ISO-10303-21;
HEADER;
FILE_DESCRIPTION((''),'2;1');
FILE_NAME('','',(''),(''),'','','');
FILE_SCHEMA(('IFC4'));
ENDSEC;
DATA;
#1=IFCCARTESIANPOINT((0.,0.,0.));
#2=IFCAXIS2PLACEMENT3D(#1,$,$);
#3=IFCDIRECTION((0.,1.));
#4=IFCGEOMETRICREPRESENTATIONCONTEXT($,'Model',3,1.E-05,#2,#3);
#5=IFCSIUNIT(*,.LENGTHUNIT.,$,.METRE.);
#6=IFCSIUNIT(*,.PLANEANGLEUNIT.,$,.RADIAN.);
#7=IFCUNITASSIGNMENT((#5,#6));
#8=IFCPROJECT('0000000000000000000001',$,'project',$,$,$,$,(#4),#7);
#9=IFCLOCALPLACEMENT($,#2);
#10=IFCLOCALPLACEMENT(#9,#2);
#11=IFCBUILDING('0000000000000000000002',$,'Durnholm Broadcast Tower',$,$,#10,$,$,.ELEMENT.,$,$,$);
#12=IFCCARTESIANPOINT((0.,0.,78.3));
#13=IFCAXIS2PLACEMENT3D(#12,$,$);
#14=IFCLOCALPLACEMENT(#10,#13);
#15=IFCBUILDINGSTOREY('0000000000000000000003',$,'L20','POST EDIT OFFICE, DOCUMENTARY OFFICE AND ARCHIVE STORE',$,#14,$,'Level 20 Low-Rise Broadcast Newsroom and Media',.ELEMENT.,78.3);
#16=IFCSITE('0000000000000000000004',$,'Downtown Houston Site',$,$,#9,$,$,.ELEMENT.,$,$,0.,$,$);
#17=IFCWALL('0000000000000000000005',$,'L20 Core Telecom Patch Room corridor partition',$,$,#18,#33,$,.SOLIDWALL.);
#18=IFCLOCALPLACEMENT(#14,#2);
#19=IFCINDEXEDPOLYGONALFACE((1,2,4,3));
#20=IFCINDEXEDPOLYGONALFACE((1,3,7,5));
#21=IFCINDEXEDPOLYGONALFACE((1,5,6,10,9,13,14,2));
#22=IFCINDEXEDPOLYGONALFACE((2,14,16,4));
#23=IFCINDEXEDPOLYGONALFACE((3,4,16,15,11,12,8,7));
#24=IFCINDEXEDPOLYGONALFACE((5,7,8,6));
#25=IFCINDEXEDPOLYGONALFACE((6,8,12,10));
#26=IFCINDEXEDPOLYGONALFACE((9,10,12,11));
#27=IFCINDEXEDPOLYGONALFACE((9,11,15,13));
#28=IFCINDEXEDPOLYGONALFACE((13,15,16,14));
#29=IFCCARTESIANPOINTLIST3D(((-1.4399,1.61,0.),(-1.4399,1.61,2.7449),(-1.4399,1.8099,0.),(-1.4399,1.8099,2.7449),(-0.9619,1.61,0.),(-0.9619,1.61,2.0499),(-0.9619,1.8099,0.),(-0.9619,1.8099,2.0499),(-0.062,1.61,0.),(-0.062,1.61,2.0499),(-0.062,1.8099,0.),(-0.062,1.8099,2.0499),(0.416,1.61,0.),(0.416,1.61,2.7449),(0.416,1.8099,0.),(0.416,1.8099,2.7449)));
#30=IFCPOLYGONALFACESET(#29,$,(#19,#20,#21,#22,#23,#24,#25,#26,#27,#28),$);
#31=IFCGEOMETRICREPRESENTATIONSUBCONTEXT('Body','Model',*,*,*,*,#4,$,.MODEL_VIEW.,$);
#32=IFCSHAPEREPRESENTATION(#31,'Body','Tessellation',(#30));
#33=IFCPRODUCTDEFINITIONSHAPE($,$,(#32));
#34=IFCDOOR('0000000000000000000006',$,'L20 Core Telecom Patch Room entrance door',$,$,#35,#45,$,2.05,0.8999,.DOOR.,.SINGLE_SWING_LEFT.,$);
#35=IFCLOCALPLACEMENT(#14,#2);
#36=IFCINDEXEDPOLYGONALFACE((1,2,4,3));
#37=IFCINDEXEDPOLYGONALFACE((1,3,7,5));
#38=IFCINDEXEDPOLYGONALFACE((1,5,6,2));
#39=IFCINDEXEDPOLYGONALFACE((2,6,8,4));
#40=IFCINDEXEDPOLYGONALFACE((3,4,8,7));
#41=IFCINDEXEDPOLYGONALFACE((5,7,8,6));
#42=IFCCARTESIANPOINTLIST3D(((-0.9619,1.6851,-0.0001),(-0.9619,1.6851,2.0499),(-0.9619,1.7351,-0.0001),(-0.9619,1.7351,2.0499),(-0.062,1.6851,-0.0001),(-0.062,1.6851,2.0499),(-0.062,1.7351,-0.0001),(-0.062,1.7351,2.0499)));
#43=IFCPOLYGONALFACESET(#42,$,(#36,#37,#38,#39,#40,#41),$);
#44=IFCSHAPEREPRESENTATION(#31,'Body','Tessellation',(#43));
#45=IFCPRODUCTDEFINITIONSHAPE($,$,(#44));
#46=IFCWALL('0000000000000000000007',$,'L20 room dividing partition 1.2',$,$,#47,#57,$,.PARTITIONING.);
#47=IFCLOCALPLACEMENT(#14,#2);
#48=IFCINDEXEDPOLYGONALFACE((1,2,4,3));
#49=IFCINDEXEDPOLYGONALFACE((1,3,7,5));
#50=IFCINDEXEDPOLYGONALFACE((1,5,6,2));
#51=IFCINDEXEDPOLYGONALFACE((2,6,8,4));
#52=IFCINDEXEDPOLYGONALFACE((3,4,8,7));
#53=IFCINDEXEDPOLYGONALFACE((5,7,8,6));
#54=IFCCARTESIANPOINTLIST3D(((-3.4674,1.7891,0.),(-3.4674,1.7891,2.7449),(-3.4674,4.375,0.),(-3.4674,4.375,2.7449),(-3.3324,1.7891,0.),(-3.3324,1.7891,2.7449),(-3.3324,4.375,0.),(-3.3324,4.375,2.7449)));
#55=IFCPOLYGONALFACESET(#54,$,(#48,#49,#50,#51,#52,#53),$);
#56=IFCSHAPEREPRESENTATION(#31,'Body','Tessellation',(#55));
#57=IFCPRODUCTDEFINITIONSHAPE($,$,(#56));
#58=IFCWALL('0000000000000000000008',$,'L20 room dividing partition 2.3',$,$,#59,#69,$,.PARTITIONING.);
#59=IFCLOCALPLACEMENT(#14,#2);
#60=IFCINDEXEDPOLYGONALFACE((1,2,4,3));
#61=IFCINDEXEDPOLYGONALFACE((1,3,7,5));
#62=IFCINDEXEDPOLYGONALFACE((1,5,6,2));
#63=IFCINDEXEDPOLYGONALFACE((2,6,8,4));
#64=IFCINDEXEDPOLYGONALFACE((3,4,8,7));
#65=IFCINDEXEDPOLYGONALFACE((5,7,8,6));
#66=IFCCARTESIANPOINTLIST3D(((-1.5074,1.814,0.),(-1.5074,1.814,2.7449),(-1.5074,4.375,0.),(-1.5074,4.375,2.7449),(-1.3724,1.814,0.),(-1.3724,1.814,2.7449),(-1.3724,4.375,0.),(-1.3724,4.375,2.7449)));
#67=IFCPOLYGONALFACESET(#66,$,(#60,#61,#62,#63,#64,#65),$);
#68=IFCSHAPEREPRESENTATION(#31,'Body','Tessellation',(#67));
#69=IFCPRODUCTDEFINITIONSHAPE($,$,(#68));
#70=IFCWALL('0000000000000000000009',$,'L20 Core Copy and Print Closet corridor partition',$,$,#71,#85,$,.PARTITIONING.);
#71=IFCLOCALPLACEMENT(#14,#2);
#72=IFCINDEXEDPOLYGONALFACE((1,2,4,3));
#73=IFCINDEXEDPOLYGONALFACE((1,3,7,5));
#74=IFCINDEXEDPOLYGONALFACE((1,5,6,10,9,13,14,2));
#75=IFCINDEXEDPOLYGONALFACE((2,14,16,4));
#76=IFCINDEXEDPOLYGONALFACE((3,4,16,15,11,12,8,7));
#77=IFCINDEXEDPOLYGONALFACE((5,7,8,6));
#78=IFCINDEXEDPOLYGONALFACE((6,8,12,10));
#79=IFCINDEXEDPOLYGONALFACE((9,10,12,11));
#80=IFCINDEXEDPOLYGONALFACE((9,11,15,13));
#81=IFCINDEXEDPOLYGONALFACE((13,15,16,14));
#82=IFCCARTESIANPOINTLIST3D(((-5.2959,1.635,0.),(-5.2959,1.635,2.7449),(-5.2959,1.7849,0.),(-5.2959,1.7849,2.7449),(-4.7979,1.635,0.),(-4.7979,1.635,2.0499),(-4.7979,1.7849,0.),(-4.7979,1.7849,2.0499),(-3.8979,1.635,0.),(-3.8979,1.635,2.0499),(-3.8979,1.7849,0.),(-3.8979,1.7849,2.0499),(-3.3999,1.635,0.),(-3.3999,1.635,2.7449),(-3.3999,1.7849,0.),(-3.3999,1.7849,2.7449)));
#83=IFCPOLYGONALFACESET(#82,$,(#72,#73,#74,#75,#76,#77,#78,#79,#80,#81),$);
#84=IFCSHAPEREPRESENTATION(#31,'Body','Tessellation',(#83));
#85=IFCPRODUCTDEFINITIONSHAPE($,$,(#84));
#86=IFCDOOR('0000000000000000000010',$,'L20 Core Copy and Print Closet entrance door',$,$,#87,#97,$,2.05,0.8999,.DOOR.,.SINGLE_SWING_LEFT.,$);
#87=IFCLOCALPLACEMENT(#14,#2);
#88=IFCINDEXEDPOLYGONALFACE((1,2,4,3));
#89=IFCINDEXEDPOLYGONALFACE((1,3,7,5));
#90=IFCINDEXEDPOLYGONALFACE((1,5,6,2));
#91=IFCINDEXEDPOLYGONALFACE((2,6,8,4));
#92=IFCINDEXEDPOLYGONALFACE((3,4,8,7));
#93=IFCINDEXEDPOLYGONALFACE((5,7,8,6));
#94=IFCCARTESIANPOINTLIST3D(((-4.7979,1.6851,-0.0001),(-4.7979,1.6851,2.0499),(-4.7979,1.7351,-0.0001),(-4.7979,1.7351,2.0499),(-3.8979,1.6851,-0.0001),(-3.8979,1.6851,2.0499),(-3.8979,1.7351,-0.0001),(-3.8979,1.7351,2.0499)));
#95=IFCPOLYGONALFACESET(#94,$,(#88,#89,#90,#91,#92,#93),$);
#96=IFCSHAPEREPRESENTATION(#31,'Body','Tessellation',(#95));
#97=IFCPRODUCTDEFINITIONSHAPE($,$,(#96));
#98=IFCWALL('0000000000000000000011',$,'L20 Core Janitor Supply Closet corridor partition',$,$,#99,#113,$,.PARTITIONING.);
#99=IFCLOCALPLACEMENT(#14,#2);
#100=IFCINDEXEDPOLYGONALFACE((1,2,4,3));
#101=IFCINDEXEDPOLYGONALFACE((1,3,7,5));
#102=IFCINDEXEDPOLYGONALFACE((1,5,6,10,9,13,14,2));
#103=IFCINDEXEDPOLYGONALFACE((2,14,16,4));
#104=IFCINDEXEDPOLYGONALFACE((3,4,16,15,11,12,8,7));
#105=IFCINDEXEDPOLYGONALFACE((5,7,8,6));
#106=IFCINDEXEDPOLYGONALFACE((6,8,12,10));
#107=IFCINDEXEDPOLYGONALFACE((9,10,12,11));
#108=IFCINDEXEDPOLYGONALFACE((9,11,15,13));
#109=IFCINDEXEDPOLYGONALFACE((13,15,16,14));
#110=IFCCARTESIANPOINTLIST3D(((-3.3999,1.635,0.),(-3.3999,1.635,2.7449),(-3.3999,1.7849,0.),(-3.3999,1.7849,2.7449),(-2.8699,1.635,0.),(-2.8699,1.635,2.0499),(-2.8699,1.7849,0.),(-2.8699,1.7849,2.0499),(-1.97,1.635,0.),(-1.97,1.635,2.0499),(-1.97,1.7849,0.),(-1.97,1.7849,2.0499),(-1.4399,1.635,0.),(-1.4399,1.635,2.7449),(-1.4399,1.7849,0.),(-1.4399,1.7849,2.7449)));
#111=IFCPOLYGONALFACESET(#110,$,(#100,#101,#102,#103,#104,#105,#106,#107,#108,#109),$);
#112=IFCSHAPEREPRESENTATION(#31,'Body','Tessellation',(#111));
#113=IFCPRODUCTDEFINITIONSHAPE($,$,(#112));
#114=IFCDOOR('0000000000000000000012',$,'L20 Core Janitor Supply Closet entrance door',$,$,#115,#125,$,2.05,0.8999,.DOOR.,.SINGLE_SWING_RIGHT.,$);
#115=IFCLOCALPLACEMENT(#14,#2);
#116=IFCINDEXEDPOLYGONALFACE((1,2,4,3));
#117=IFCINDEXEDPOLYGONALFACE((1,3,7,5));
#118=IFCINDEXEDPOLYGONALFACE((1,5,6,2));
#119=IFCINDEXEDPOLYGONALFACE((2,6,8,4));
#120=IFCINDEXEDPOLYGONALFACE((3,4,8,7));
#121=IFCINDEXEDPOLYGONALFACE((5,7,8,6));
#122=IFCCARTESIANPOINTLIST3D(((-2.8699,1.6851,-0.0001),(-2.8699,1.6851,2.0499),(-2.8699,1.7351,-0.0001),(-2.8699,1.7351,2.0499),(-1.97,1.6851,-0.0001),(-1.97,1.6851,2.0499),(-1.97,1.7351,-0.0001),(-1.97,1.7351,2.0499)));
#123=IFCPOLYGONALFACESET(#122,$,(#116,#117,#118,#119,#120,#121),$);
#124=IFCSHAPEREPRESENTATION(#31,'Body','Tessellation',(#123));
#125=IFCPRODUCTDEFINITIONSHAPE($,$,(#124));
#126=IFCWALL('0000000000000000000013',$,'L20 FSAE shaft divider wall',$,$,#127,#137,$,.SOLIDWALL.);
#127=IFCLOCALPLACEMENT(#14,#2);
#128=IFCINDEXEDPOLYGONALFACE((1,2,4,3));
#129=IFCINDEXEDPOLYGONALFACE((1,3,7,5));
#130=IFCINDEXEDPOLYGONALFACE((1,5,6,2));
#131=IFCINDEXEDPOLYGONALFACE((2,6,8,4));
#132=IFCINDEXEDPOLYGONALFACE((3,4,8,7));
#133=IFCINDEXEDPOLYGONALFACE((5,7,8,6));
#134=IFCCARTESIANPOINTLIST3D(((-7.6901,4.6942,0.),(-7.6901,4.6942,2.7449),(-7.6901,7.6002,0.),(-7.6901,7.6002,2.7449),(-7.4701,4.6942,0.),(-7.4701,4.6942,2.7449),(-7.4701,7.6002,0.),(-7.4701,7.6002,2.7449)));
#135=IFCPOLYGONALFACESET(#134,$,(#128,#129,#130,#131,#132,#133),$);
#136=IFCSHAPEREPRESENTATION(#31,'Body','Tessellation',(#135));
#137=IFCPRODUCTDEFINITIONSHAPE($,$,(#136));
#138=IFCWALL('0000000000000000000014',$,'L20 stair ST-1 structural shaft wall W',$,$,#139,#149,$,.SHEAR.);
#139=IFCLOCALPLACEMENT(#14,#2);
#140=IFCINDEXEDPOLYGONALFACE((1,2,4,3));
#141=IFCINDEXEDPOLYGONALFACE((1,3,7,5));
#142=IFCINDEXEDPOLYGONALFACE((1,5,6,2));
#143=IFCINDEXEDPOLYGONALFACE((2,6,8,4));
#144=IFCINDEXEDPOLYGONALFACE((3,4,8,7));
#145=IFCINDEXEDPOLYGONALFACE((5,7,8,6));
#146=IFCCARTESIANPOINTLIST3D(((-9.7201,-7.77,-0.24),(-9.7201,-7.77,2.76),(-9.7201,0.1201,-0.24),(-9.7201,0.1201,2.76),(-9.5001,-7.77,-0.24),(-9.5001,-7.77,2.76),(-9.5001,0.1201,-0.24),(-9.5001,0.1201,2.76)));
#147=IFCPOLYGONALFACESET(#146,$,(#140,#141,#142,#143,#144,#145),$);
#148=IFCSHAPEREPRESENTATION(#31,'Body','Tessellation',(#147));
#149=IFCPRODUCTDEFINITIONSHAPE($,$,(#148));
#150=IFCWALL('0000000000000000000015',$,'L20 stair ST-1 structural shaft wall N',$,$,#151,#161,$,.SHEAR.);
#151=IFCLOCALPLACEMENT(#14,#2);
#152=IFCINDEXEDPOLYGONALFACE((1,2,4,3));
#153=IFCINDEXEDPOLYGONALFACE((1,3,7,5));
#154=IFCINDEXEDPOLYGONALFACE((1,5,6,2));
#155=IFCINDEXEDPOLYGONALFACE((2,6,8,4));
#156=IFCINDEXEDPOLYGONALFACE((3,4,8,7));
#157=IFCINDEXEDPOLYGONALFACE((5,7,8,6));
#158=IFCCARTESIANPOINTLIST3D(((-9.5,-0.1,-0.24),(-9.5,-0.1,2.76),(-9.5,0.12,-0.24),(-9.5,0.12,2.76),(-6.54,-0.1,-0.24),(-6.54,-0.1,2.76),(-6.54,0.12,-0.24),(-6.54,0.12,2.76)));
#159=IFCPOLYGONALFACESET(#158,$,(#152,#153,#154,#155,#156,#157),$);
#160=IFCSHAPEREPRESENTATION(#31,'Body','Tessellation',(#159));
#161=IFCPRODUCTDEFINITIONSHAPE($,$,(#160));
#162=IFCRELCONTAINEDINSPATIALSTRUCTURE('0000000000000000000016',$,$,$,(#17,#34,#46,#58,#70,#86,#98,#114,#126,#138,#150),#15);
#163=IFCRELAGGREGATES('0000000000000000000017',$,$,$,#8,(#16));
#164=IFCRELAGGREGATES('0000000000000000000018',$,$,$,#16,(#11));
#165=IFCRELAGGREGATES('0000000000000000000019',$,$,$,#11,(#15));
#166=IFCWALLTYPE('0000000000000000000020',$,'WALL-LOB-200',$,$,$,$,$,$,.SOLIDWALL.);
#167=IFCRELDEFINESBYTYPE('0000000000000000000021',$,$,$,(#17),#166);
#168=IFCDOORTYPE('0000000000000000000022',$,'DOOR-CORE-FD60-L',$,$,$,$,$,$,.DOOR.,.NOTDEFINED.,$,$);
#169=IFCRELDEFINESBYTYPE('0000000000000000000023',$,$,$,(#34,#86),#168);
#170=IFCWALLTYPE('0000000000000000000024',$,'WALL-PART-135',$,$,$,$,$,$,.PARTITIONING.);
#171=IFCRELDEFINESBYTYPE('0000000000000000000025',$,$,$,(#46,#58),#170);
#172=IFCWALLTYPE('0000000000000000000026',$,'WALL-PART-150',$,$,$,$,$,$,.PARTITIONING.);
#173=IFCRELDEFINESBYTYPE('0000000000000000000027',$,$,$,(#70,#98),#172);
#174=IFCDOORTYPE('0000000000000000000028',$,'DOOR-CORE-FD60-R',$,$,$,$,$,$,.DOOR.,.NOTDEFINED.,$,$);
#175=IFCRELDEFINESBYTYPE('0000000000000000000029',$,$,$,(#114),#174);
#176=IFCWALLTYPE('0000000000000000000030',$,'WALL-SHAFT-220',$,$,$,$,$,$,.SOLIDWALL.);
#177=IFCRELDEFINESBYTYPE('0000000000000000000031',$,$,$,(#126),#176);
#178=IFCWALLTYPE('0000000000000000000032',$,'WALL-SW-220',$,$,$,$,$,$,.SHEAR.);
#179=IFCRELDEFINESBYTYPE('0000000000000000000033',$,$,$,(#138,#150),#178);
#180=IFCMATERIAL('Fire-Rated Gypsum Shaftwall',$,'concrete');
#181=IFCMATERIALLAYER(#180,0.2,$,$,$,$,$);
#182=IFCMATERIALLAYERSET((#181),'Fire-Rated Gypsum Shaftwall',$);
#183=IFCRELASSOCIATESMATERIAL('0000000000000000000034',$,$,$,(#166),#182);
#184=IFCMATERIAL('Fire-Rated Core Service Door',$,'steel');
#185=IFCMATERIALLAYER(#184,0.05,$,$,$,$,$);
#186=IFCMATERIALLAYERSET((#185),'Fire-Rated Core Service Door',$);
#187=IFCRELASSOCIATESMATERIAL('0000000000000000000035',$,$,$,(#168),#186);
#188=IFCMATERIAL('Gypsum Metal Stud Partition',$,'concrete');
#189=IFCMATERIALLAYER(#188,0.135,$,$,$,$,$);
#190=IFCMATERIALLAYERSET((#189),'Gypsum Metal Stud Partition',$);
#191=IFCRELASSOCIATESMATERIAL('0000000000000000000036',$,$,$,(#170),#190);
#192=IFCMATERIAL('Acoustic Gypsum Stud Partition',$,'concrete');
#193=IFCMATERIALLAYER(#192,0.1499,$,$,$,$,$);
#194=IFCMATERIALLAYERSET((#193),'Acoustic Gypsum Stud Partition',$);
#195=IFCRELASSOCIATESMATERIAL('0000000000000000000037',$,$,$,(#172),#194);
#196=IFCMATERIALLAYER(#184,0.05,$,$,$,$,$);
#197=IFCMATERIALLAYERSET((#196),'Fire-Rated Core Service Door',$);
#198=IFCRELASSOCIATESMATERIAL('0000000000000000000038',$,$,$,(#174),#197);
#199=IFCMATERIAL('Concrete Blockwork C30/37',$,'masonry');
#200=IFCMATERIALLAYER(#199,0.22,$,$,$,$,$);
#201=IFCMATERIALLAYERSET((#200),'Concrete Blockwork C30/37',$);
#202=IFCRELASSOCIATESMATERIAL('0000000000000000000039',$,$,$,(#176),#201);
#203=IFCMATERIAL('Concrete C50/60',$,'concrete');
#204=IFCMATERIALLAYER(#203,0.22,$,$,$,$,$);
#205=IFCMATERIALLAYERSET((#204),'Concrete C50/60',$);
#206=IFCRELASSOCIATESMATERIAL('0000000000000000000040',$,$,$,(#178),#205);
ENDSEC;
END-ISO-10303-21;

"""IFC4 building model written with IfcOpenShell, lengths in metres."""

from ifc_helpers import new_model, si_unit, direction, frame, frame_2d, origin, place, context, subcontext, project, spatial, rectangle, extrude, source, transform, mapped, material, layer, layer_set, type_object, type_shapes, element, fill, save


model = new_model("IFC4")

# Units and contexts
model_context = context("Model", 3, precision=1e-05, world=origin(), true_north=direction((0.0, 1.0)))
body_context = subcontext(model_context, "Body", "Model", "MODEL_VIEW")
ifc_project = project(units=[si_unit("LENGTHUNIT", "METRE"), si_unit("PLANEANGLEUNIT", "RADIAN")], contexts=[model_context])

# Site, building, storey
site_placement = place(None, origin())
site = spatial("IfcSite", under=ifc_project, at=site_placement, Name="Downtown Houston Site", CompositionType="ELEMENT", RefElevation=0.0)
building_placement = place(site_placement, origin())
building = spatial("IfcBuilding", under=site, at=building_placement, Name="Durnholm Broadcast Tower", CompositionType="ELEMENT")
storey_placement = place(building_placement, frame((0.0, 0.0, 78.3)))
storey = spatial("IfcBuildingStorey", under=building, at=storey_placement, Name="L20", Description="POST EDIT OFFICE, DOCUMENTARY OFFICE AND ARCHIVE STORE", LongName="Level 20 Low-Rise Broadcast Newsroom and Media", CompositionType="ELEMENT", Elevation=78.3)

# Shared definitions
ifc_material_1 = material(Name="Concrete C50/60", Category="concrete")

# Shared definitions
ifc_material_2 = material(Name="Fire-Rated Gypsum Shaftwall", Category="concrete")
ifc_layer_1 = layer(ifc_material_2, 0.2)
ifc_layer_set_1 = layer_set([ifc_layer_1], Name="Fire-Rated Gypsum Shaftwall")
wall_type_1 = type_object("IfcWallType", Name="WALL-LOB-200", PredefinedType="SOLIDWALL", material=ifc_layer_set_1)

# Wall, opening, door
wall_1_placement = place(storey_placement, frame((0.416, 1.71, 0.0), z_axis=(0.0, 0.0, 1.0), x_axis=(-1.0, 0.0, 0.0)))
wall_1 = element("IfcWall", 1, at=wall_1_placement, inside=storey, type_object=wall_type_1, Name="L20 Core Telecom Patch Room corridor partition", PredefinedType="SOLIDWALL", context=body_context, shape_type="SweptSolid", body=[
    extrude(rectangle(XDim=1.856, YDim=0.2, at=frame_2d((0.928, 0.0))), origin(), (0.0, 0.0, 1.0), 2.7449),
])
opening_1_placement = place(wall_1_placement, frame((0.478, 0.0, 0.0)))
opening_1 = element("IfcOpeningElement", 2, at=opening_1_placement, cuts=wall_1, PredefinedType="OPENING", context=body_context, shape_type="SweptSolid", body=[
    extrude(rectangle(XDim=0.8999, YDim=2.05, at=frame_2d((0.45, 1.0249))), frame((0.0, 0.1099, 0.0), z_axis=(0.0, -1.0, 0.0), x_axis=(1.0, 0.0, 0.0)), (0.0, 0.0, 1.0), 0.22),
])
ifc_material_3 = material(Name="Fire-Rated Core Service Door", Category="steel")
ifc_layer_2 = layer(ifc_material_3, 0.05)
ifc_layer_set_2 = layer_set([ifc_layer_2], Name="Fire-Rated Core Service Door")
door_type_1 = type_object("IfcDoorType", Name="DOOR-CORE-FD60-L", OperationType="NOTDEFINED", PredefinedType="DOOR", material=ifc_layer_set_2)
shared_shape_1 = source(origin(), body_context, "Body", "SweptSolid", [
    extrude(rectangle(XDim=0.8999, YDim=2.05, at=frame_2d((0.45, 1.0249))), frame((0.0, 0.0249, 0.0), z_axis=(0.0, -1.0, 0.0), x_axis=(1.0, 0.0, 0.0)), (0.0, 0.0, 1.0), 0.05),
])
type_shapes(door_type_1, [shared_shape_1])
door_1_placement = place(opening_1_placement, origin())
door_1 = element("IfcDoor", 3, at=door_1_placement, inside=storey, type_object=door_type_1, Name="L20 Core Telecom Patch Room entrance door", OperationType="SINGLE_SWING_LEFT", OverallHeight=2.05, OverallWidth=0.8999, PredefinedType="DOOR", context=body_context, shape_type="MappedRepresentation", body=[
    mapped(shared_shape_1, transform((0.0, 0.0, 0.0), x_axis=(1.0, 0.0, 0.0), y_axis=(0.0, 1.0, 0.0), z_axis=(0.0, 0.0, 1.0), scale=1.0)),
])
fill(opening_1, door_1)

# Walls
ifc_material_4 = material(Name="Gypsum Metal Stud Partition", Category="concrete")
ifc_layer_3 = layer(ifc_material_4, 0.135)
ifc_layer_set_3 = layer_set([ifc_layer_3], Name="Gypsum Metal Stud Partition")
wall_type_2 = type_object("IfcWallType", Name="WALL-PART-135", PredefinedType="PARTITIONING", material=ifc_layer_set_3)
wall_2_placement = place(storey_placement, frame((-3.3999, 4.375, 0.0), z_axis=(0.0, 0.0, 1.0), x_axis=(0.0, -1.0, 0.0)))
element("IfcWall", 4, at=wall_2_placement, inside=storey, type_object=wall_type_2, Name="L20 room dividing partition 1.2", PredefinedType="PARTITIONING", context=body_context, shape_type="SweptSolid", body=[
    extrude(rectangle(XDim=2.5859, YDim=0.135, at=frame_2d((1.293, 0.0))), origin(), (0.0, 0.0, 1.0), 2.7449),
])
wall_3_placement = place(storey_placement, frame((-1.4399, 4.375, 0.0), z_axis=(0.0, 0.0, 1.0), x_axis=(0.0, -1.0, 0.0)))
element("IfcWall", 5, at=wall_3_placement, inside=storey, type_object=wall_type_2, Name="L20 room dividing partition 2.3", PredefinedType="PARTITIONING", context=body_context, shape_type="SweptSolid", body=[
    extrude(rectangle(XDim=2.561, YDim=0.135, at=frame_2d((1.2805, 0.0))), origin(), (0.0, 0.0, 1.0), 2.7449),
])

# Walls, openings, doors
ifc_material_5 = material(Name="Acoustic Gypsum Stud Partition", Category="concrete")
ifc_layer_4 = layer(ifc_material_5, 0.1499)
ifc_layer_set_4 = layer_set([ifc_layer_4], Name="Acoustic Gypsum Stud Partition")
wall_type_3 = type_object("IfcWallType", Name="WALL-PART-150", PredefinedType="PARTITIONING", material=ifc_layer_set_4)
wall_4_placement = place(storey_placement, frame((-3.3999, 1.71, 0.0), z_axis=(0.0, 0.0, 1.0), x_axis=(-1.0, 0.0, 0.0)))
wall_4 = element("IfcWall", 6, at=wall_4_placement, inside=storey, type_object=wall_type_3, Name="L20 Core Copy and Print Closet corridor partition", PredefinedType="PARTITIONING", context=body_context, shape_type="SweptSolid", body=[
    extrude(rectangle(XDim=1.896, YDim=0.1499, at=frame_2d((0.948, 0.0))), origin(), (0.0, 0.0, 1.0), 2.7449),
])
opening_2_placement = place(wall_4_placement, frame((0.498, 0.0, 0.0)))
opening_2 = element("IfcOpeningElement", 7, at=opening_2_placement, cuts=wall_4, PredefinedType="OPENING", context=body_context, shape_type="SweptSolid", body=[
    extrude(rectangle(XDim=0.8999, YDim=2.05, at=frame_2d((0.45, 1.0249))), frame((0.0, 0.085, 0.0), z_axis=(0.0, -1.0, 0.0), x_axis=(1.0, 0.0, 0.0)), (0.0, 0.0, 1.0), 0.1699),
])
door_2_placement = place(opening_2_placement, origin())
door_2 = element("IfcDoor", 8, at=door_2_placement, inside=storey, type_object=door_type_1, Name="L20 Core Copy and Print Closet entrance door", OperationType="SINGLE_SWING_LEFT", OverallHeight=2.05, OverallWidth=0.8999, PredefinedType="DOOR", context=body_context, shape_type="MappedRepresentation", body=[
    mapped(shared_shape_1, transform((0.0, 0.0, 0.0), x_axis=(1.0, 0.0, 0.0), y_axis=(0.0, 1.0, 0.0), z_axis=(0.0, 0.0, 1.0), scale=1.0)),
])
fill(opening_2, door_2)
wall_5_placement = place(storey_placement, frame((-1.4399, 1.71, 0.0), z_axis=(0.0, 0.0, 1.0), x_axis=(-1.0, 0.0, 0.0)))
wall_5 = element("IfcWall", 9, at=wall_5_placement, inside=storey, type_object=wall_type_3, Name="L20 Core Janitor Supply Closet corridor partition", PredefinedType="PARTITIONING", context=body_context, shape_type="SweptSolid", body=[
    extrude(rectangle(XDim=1.96, YDim=0.1499, at=frame_2d((0.98, 0.0))), origin(), (0.0, 0.0, 1.0), 2.7449),
])
opening_3_placement = place(wall_5_placement, frame((0.53, 0.0, 0.0)))
opening_3 = element("IfcOpeningElement", 10, at=opening_3_placement, cuts=wall_5, PredefinedType="OPENING", context=body_context, shape_type="SweptSolid", body=[
    extrude(rectangle(XDim=0.8999, YDim=2.05, at=frame_2d((0.45, 1.0249))), frame((0.0, 0.085, 0.0), z_axis=(0.0, -1.0, 0.0), x_axis=(1.0, 0.0, 0.0)), (0.0, 0.0, 1.0), 0.1699),
])
ifc_layer_5 = layer(ifc_material_3, 0.05)
ifc_layer_set_5 = layer_set([ifc_layer_5], Name="Fire-Rated Core Service Door")
door_type_2 = type_object("IfcDoorType", Name="DOOR-CORE-FD60-R", OperationType="NOTDEFINED", PredefinedType="DOOR", material=ifc_layer_set_5)
shared_shape_2 = source(origin(), body_context, "Body", "SweptSolid", [
    extrude(rectangle(XDim=0.8999, YDim=2.05, at=frame_2d((0.45, 1.0249))), frame((0.0, 0.0249, 0.0), z_axis=(0.0, -1.0, 0.0), x_axis=(1.0, 0.0, 0.0)), (0.0, 0.0, 1.0), 0.05),
])
type_shapes(door_type_2, [shared_shape_2])
door_3_placement = place(opening_3_placement, origin())
door_3 = element("IfcDoor", 11, at=door_3_placement, inside=storey, type_object=door_type_2, Name="L20 Core Janitor Supply Closet entrance door", OperationType="SINGLE_SWING_RIGHT", OverallHeight=2.05, OverallWidth=0.8999, PredefinedType="DOOR", context=body_context, shape_type="MappedRepresentation", body=[
    mapped(shared_shape_2, transform((0.0, 0.0, 0.0), x_axis=(1.0, 0.0, 0.0), y_axis=(0.0, 1.0, 0.0), z_axis=(0.0, 0.0, 1.0), scale=1.0)),
])
fill(opening_3, door_3)

# Shared definitions
ifc_material_6 = material(Name="Concrete Blockwork C30/37", Category="masonry")
ifc_layer_6 = layer(ifc_material_6, 0.22)
ifc_layer_set_6 = layer_set([ifc_layer_6], Name="Concrete Blockwork C30/37")
wall_type_4 = type_object("IfcWallType", Name="WALL-SHAFT-220", PredefinedType="SOLIDWALL", material=ifc_layer_set_6)

# Walls
wall_6_placement = place(storey_placement, frame((-7.5801, 4.6941, 0.0), z_axis=(0.0, 0.0, 1.0), x_axis=(0.0, 1.0, 0.0)))
element("IfcWall", 12, at=wall_6_placement, inside=storey, type_object=wall_type_4, Name="L20 FSAE shaft divider wall", PredefinedType="SOLIDWALL", context=body_context, shape_type="SweptSolid", body=[
    extrude(rectangle(XDim=2.906, YDim=0.22, at=frame_2d((1.4531, 0.0))), origin(), (0.0, 0.0, 1.0), 2.7449),
])
ifc_layer_7 = layer(ifc_material_1, 0.22)
ifc_layer_set_7 = layer_set([ifc_layer_7], Name="Concrete C50/60")
wall_type_5 = type_object("IfcWallType", Name="WALL-SW-220", PredefinedType="SHEAR", material=ifc_layer_set_7)
wall_7_placement = place(storey_placement, frame((-9.6101, 0.1201, -0.24), z_axis=(0.0, 0.0, 1.0), x_axis=(0.0, -1.0, 0.0)))
element("IfcWall", 13, at=wall_7_placement, inside=storey, type_object=wall_type_5, Name="L20 stair ST-1 structural shaft wall W", PredefinedType="SHEAR", context=body_context, shape_type="SweptSolid", body=[
    extrude(rectangle(XDim=7.8901, YDim=0.22, at=frame_2d((3.9451, 0.0))), origin(), (0.0, 0.0, 1.0), 3.0),
])
wall_8_placement = place(storey_placement, frame((-6.54, 0.01, -0.24), z_axis=(0.0, 0.0, 1.0), x_axis=(-1.0, 0.0, 0.0)))
element("IfcWall", 14, at=wall_8_placement, inside=storey, type_object=wall_type_5, Name="L20 stair ST-1 structural shaft wall N", PredefinedType="SHEAR", context=body_context, shape_type="SweptSolid", body=[
    extrude(rectangle(XDim=2.96, YDim=0.22, at=frame_2d((1.48, 0.0))), origin(), (0.0, 0.0, 1.0), 3.0),
])

save(model, "model.ifc")
